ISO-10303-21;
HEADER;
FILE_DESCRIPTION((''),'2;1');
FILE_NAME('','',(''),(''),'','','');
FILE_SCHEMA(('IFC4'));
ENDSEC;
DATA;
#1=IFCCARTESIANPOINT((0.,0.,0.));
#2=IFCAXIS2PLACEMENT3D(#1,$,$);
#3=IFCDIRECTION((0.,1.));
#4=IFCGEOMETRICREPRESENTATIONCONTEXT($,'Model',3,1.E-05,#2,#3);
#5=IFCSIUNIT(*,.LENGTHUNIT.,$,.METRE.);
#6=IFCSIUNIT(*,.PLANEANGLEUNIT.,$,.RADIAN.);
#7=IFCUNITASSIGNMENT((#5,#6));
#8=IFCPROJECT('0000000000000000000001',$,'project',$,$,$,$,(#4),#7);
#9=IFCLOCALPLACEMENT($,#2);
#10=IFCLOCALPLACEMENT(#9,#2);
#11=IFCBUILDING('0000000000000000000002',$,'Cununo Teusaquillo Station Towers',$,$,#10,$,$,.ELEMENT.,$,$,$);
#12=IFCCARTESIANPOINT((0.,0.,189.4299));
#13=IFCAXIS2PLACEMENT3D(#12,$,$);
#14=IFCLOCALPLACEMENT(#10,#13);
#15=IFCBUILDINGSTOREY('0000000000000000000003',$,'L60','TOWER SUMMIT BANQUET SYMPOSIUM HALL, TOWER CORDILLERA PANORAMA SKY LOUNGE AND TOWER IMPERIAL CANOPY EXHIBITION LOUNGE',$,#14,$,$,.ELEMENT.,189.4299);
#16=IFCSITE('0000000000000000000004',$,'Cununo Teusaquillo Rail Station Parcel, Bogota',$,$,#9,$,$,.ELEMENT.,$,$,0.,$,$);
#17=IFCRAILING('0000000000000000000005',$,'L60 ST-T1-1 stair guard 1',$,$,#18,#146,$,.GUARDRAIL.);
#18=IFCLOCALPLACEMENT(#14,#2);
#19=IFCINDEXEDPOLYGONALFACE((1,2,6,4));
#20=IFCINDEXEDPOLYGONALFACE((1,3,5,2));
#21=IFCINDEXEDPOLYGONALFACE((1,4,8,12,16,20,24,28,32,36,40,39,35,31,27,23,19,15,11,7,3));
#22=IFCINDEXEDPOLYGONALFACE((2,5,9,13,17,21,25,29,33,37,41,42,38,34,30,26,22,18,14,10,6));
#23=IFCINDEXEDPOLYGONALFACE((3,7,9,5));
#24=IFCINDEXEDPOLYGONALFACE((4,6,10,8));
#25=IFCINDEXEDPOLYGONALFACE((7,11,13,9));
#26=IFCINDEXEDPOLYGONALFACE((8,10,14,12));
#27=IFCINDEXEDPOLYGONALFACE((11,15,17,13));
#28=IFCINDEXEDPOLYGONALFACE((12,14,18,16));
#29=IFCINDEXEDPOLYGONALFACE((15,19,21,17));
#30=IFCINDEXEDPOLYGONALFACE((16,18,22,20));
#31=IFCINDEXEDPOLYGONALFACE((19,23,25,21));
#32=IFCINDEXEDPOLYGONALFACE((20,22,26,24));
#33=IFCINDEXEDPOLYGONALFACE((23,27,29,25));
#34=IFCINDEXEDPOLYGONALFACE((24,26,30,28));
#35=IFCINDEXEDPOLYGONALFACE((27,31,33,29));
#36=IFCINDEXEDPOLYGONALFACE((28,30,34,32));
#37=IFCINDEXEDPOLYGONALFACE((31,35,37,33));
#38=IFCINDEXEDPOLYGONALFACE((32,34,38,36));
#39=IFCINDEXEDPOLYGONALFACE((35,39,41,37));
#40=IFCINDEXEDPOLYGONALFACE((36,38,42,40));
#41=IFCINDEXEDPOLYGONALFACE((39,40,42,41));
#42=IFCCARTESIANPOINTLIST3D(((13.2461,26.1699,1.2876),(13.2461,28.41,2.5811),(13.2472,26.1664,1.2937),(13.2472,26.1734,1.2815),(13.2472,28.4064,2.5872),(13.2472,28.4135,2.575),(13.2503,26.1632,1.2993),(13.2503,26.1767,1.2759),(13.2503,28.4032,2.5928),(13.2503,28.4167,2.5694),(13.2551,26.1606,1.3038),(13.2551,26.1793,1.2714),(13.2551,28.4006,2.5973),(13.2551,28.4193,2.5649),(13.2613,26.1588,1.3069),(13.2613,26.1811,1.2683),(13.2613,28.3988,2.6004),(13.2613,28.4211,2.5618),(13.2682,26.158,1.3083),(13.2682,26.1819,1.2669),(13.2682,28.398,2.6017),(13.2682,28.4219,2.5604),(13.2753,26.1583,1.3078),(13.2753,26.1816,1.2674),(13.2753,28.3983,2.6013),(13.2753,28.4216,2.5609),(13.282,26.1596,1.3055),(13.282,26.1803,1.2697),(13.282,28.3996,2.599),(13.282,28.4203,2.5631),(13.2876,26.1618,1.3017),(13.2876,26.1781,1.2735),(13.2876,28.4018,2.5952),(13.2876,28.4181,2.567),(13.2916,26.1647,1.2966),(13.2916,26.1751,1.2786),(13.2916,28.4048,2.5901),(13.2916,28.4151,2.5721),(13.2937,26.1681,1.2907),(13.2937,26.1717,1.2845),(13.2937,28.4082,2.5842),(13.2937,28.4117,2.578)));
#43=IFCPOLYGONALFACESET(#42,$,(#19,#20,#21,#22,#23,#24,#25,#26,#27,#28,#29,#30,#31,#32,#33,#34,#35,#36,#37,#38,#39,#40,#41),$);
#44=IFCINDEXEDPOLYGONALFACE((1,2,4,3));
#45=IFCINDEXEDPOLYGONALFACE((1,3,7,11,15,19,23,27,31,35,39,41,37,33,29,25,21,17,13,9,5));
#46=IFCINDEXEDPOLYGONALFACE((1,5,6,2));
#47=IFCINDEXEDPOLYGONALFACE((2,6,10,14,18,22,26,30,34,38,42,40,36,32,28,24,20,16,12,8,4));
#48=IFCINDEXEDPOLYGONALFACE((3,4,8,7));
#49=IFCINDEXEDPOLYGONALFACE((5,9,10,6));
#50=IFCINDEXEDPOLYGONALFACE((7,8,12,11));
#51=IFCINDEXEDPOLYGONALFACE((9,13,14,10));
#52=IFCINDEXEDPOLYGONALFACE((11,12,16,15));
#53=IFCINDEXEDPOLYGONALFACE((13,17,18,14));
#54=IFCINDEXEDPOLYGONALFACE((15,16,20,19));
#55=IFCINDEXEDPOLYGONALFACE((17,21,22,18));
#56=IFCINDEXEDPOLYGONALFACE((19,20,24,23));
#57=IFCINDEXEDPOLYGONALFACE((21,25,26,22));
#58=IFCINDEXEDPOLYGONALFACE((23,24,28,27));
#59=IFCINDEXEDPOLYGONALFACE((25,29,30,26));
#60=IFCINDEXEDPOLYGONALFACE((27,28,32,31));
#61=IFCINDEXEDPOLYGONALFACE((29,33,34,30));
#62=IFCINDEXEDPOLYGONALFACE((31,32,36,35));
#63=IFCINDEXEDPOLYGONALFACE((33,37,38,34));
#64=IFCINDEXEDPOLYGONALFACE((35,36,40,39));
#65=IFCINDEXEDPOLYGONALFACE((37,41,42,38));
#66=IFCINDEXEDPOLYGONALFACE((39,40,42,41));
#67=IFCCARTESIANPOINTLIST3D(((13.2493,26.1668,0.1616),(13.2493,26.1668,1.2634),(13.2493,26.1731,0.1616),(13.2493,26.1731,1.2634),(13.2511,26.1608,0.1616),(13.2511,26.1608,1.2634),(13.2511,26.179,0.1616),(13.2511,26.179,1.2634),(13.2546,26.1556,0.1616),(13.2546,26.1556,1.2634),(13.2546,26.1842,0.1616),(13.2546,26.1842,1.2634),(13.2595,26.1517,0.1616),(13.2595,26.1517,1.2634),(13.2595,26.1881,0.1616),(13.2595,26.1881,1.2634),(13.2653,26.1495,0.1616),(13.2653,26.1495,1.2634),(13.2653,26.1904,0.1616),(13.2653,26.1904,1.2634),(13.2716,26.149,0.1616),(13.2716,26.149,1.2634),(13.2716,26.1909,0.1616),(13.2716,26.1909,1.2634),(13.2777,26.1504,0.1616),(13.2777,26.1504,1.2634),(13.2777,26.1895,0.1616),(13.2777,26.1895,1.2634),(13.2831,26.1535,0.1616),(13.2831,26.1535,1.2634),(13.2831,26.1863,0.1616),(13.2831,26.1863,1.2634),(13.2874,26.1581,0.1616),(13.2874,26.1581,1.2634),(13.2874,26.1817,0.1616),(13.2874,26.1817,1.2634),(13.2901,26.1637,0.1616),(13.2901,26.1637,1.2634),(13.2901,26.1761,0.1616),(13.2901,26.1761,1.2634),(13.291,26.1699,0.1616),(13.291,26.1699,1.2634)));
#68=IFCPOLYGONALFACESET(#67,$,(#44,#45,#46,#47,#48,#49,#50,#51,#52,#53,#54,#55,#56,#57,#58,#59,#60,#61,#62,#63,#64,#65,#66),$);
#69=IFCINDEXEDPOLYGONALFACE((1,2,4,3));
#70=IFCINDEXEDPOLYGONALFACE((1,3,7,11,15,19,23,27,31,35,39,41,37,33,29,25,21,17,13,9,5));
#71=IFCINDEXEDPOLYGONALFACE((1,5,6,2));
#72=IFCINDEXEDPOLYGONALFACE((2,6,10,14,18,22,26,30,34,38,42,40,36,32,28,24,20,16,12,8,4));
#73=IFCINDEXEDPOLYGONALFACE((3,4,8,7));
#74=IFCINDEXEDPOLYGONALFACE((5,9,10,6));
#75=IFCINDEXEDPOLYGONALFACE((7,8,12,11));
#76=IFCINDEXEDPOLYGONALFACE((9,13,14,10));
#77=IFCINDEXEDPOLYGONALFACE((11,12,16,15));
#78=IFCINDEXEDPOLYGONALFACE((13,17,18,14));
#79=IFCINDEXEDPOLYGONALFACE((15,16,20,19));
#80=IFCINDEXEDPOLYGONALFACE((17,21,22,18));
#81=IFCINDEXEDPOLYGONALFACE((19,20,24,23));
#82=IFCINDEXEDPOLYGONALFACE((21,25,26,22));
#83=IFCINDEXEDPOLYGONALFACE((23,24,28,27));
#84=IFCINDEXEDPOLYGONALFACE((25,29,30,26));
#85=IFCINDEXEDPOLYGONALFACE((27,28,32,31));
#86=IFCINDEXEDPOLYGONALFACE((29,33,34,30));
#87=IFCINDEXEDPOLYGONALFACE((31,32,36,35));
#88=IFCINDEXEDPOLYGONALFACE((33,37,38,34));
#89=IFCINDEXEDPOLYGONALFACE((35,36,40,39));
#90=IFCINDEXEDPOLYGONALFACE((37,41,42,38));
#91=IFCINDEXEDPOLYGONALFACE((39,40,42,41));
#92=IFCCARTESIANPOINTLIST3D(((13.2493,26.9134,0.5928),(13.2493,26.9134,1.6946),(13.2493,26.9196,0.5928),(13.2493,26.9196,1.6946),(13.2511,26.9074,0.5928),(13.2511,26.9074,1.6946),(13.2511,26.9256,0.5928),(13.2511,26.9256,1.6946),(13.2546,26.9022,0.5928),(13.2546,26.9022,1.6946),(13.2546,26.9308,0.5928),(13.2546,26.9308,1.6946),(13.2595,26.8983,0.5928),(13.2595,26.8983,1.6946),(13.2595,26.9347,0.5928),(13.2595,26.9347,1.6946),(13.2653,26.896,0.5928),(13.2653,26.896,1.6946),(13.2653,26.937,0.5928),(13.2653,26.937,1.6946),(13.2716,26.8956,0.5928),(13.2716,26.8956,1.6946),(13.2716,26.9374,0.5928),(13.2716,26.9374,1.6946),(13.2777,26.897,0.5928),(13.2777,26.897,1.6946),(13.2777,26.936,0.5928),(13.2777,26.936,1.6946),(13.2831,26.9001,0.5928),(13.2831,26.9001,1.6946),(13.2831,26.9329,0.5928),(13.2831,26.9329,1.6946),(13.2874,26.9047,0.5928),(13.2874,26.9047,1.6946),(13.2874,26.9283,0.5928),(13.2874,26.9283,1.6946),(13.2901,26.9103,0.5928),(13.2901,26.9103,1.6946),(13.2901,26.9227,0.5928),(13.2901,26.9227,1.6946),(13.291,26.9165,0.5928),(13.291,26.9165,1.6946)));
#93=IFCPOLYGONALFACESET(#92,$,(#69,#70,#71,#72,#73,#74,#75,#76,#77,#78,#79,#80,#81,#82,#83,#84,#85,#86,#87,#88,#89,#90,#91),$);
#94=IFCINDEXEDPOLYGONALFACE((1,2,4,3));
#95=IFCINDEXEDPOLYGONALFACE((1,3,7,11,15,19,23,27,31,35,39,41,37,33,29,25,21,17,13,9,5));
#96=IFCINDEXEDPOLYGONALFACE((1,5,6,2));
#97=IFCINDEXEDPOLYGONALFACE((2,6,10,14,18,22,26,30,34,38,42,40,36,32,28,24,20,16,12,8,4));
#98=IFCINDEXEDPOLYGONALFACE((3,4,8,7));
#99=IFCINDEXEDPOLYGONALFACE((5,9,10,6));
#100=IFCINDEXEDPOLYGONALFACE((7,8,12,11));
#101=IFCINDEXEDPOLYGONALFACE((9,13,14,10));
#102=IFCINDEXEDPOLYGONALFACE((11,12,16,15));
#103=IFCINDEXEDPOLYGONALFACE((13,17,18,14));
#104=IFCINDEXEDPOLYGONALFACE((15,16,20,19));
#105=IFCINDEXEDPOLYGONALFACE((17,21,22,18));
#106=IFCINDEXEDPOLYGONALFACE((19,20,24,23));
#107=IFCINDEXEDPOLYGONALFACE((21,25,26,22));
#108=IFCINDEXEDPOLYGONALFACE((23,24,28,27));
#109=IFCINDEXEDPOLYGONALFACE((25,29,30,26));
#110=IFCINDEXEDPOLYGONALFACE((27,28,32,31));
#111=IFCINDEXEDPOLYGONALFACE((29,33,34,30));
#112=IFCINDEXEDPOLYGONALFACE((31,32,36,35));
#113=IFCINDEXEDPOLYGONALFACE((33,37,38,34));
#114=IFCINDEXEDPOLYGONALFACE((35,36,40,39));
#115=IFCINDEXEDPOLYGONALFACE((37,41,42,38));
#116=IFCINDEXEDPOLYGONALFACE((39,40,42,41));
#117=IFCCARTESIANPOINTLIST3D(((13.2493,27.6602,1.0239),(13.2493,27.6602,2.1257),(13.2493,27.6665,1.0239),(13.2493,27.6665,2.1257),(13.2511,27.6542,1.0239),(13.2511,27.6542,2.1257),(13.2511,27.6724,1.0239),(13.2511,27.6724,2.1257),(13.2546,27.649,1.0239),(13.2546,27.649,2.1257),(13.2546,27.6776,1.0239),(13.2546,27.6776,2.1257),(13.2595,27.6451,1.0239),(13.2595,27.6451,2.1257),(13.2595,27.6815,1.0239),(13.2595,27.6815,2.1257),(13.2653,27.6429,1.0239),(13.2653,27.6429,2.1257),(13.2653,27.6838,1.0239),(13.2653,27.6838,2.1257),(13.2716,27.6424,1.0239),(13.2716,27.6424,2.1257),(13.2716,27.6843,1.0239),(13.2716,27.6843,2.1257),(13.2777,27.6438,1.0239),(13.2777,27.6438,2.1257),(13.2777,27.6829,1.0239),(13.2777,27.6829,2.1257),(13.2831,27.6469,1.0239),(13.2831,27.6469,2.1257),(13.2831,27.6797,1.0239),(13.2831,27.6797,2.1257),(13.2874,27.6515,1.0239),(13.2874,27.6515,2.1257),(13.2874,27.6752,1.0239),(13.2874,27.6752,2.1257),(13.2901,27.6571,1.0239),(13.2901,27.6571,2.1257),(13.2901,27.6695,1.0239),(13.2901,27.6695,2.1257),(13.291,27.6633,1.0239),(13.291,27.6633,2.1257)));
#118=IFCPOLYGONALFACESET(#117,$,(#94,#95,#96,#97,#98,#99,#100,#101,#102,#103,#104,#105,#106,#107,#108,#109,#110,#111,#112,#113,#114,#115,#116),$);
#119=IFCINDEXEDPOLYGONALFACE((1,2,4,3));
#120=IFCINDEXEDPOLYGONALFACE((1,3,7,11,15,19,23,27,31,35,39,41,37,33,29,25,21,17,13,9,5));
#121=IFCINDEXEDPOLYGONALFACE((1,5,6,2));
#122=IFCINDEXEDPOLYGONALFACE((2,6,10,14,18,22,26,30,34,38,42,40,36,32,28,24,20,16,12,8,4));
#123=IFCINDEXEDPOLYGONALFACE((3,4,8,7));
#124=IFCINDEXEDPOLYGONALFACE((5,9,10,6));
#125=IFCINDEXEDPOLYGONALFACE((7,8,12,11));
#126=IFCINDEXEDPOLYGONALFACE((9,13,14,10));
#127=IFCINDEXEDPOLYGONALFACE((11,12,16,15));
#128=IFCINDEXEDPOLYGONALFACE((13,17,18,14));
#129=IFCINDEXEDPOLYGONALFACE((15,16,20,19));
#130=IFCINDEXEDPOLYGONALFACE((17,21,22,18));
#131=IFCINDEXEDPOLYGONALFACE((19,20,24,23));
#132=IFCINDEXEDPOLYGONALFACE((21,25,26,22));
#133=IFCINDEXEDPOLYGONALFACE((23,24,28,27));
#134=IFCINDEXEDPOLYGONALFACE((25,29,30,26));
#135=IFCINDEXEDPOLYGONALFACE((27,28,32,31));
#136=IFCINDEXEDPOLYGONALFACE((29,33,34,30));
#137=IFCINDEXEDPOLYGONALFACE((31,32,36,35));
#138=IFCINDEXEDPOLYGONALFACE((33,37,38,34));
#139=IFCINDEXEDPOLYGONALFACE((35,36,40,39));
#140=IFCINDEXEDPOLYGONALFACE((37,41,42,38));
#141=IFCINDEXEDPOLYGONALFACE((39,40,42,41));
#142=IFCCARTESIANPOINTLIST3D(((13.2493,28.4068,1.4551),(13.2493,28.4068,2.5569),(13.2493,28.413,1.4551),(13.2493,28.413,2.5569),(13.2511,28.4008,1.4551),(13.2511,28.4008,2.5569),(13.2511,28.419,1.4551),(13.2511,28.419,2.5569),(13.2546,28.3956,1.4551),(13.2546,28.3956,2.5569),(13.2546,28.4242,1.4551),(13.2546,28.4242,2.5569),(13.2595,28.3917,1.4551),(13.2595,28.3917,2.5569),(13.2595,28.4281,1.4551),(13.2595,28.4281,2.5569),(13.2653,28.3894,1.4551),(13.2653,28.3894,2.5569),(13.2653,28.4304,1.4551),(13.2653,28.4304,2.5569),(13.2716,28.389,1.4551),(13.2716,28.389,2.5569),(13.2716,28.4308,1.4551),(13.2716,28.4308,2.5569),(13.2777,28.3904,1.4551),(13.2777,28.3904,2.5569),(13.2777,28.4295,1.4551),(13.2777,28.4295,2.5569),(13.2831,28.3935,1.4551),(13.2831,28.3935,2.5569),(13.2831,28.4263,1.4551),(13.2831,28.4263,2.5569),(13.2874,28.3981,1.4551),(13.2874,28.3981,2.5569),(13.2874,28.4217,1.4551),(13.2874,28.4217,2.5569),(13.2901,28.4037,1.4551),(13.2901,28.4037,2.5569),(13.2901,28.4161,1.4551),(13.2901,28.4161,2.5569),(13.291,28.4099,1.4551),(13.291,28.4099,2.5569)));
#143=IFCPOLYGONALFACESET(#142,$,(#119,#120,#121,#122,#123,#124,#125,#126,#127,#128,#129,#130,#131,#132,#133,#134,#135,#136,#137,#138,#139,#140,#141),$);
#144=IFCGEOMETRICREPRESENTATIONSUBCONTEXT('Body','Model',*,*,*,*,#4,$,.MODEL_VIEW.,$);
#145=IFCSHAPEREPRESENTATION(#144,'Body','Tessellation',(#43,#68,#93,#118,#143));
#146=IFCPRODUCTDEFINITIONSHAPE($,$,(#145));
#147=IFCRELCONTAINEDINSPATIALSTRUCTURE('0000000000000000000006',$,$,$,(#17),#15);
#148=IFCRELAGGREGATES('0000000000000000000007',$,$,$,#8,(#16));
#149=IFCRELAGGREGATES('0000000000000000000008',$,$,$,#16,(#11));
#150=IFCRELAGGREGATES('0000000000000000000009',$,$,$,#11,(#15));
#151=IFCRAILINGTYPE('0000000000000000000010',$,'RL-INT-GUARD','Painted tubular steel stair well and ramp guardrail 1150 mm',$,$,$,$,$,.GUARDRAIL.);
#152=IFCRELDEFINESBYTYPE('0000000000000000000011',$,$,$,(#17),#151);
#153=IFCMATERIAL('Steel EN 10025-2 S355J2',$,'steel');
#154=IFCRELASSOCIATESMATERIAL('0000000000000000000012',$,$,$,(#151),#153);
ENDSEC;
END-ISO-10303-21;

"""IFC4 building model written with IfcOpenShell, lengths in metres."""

from ifc_helpers import new_model, si_unit, direction, frame, origin, origin_2d, place, context, subcontext, project, spatial, circle, extrude, material, type_object, element, save


model = new_model("IFC4")

# Units and contexts
model_context = context("Model", 3, precision=1e-05, world=origin(), true_north=direction((0.0, 1.0)))
body_context = subcontext(model_context, "Body", "Model", "MODEL_VIEW")
ifc_project = project(units=[si_unit("LENGTHUNIT", "METRE"), si_unit("PLANEANGLEUNIT", "RADIAN")], contexts=[model_context])

# Site, building, storey
site_placement = place(None, origin())
site = spatial("IfcSite", under=ifc_project, at=site_placement, Name="Cununo Teusaquillo Rail Station Parcel, Bogota", CompositionType="ELEMENT", RefElevation=0.0)
building_placement = place(site_placement, origin())
building = spatial("IfcBuilding", under=site, at=building_placement, Name="Cununo Teusaquillo Station Towers", CompositionType="ELEMENT")
storey_placement = place(building_placement, frame((0.0, 0.0, 189.4299)))
storey = spatial("IfcBuildingStorey", under=building, at=storey_placement, Name="L60", Description="TOWER SUMMIT BANQUET SYMPOSIUM HALL, TOWER CORDILLERA PANORAMA SKY LOUNGE AND TOWER IMPERIAL CANOPY EXHIBITION LOUNGE", CompositionType="ELEMENT", Elevation=189.4299)

# Railing
ifc_material_1 = material(Name="Steel EN 10025-2 S355J2", Category="steel")
railing_type_1 = type_object("IfcRailingType", Name="RL-INT-GUARD", Description="Painted tubular steel stair well and ramp guardrail 1150 mm", PredefinedType="GUARDRAIL", material=ifc_material_1)
railing_1_placement = place(storey_placement, frame((13.27, 26.1699, 0.1616)))
element("IfcRailing", 1, at=railing_1_placement, inside=storey, type_object=railing_type_1, Name="L60 ST-T1-1 stair guard 1", PredefinedType="GUARDRAIL", context=body_context, shape_type="SweptSolid", body=[
    extrude(circle(Radius=0.0239, at=origin_2d()), frame((0.0, 0.0, 1.126), z_axis=(0.0, 0.865992, 0.500057), x_axis=(-1.0, 0.0, 0.0)), (0.0, 0.0, 1.0), 2.5867),
    extrude(circle(Radius=0.021, at=origin_2d()), origin(), (0.0, 0.0, 1.0), 1.1018),
    extrude(circle(Radius=0.021, at=origin_2d()), frame((0.0, 0.7466, 0.4312)), (0.0, 0.0, 1.0), 1.1018),
    extrude(circle(Radius=0.021, at=origin_2d()), frame((0.0, 1.4934, 0.8623)), (0.0, 0.0, 1.0), 1.1018),
    extrude(circle(Radius=0.021, at=origin_2d()), frame((0.0, 2.24, 1.2935)), (0.0, 0.0, 1.0), 1.1018),
])

save(model, "model.ifc")
